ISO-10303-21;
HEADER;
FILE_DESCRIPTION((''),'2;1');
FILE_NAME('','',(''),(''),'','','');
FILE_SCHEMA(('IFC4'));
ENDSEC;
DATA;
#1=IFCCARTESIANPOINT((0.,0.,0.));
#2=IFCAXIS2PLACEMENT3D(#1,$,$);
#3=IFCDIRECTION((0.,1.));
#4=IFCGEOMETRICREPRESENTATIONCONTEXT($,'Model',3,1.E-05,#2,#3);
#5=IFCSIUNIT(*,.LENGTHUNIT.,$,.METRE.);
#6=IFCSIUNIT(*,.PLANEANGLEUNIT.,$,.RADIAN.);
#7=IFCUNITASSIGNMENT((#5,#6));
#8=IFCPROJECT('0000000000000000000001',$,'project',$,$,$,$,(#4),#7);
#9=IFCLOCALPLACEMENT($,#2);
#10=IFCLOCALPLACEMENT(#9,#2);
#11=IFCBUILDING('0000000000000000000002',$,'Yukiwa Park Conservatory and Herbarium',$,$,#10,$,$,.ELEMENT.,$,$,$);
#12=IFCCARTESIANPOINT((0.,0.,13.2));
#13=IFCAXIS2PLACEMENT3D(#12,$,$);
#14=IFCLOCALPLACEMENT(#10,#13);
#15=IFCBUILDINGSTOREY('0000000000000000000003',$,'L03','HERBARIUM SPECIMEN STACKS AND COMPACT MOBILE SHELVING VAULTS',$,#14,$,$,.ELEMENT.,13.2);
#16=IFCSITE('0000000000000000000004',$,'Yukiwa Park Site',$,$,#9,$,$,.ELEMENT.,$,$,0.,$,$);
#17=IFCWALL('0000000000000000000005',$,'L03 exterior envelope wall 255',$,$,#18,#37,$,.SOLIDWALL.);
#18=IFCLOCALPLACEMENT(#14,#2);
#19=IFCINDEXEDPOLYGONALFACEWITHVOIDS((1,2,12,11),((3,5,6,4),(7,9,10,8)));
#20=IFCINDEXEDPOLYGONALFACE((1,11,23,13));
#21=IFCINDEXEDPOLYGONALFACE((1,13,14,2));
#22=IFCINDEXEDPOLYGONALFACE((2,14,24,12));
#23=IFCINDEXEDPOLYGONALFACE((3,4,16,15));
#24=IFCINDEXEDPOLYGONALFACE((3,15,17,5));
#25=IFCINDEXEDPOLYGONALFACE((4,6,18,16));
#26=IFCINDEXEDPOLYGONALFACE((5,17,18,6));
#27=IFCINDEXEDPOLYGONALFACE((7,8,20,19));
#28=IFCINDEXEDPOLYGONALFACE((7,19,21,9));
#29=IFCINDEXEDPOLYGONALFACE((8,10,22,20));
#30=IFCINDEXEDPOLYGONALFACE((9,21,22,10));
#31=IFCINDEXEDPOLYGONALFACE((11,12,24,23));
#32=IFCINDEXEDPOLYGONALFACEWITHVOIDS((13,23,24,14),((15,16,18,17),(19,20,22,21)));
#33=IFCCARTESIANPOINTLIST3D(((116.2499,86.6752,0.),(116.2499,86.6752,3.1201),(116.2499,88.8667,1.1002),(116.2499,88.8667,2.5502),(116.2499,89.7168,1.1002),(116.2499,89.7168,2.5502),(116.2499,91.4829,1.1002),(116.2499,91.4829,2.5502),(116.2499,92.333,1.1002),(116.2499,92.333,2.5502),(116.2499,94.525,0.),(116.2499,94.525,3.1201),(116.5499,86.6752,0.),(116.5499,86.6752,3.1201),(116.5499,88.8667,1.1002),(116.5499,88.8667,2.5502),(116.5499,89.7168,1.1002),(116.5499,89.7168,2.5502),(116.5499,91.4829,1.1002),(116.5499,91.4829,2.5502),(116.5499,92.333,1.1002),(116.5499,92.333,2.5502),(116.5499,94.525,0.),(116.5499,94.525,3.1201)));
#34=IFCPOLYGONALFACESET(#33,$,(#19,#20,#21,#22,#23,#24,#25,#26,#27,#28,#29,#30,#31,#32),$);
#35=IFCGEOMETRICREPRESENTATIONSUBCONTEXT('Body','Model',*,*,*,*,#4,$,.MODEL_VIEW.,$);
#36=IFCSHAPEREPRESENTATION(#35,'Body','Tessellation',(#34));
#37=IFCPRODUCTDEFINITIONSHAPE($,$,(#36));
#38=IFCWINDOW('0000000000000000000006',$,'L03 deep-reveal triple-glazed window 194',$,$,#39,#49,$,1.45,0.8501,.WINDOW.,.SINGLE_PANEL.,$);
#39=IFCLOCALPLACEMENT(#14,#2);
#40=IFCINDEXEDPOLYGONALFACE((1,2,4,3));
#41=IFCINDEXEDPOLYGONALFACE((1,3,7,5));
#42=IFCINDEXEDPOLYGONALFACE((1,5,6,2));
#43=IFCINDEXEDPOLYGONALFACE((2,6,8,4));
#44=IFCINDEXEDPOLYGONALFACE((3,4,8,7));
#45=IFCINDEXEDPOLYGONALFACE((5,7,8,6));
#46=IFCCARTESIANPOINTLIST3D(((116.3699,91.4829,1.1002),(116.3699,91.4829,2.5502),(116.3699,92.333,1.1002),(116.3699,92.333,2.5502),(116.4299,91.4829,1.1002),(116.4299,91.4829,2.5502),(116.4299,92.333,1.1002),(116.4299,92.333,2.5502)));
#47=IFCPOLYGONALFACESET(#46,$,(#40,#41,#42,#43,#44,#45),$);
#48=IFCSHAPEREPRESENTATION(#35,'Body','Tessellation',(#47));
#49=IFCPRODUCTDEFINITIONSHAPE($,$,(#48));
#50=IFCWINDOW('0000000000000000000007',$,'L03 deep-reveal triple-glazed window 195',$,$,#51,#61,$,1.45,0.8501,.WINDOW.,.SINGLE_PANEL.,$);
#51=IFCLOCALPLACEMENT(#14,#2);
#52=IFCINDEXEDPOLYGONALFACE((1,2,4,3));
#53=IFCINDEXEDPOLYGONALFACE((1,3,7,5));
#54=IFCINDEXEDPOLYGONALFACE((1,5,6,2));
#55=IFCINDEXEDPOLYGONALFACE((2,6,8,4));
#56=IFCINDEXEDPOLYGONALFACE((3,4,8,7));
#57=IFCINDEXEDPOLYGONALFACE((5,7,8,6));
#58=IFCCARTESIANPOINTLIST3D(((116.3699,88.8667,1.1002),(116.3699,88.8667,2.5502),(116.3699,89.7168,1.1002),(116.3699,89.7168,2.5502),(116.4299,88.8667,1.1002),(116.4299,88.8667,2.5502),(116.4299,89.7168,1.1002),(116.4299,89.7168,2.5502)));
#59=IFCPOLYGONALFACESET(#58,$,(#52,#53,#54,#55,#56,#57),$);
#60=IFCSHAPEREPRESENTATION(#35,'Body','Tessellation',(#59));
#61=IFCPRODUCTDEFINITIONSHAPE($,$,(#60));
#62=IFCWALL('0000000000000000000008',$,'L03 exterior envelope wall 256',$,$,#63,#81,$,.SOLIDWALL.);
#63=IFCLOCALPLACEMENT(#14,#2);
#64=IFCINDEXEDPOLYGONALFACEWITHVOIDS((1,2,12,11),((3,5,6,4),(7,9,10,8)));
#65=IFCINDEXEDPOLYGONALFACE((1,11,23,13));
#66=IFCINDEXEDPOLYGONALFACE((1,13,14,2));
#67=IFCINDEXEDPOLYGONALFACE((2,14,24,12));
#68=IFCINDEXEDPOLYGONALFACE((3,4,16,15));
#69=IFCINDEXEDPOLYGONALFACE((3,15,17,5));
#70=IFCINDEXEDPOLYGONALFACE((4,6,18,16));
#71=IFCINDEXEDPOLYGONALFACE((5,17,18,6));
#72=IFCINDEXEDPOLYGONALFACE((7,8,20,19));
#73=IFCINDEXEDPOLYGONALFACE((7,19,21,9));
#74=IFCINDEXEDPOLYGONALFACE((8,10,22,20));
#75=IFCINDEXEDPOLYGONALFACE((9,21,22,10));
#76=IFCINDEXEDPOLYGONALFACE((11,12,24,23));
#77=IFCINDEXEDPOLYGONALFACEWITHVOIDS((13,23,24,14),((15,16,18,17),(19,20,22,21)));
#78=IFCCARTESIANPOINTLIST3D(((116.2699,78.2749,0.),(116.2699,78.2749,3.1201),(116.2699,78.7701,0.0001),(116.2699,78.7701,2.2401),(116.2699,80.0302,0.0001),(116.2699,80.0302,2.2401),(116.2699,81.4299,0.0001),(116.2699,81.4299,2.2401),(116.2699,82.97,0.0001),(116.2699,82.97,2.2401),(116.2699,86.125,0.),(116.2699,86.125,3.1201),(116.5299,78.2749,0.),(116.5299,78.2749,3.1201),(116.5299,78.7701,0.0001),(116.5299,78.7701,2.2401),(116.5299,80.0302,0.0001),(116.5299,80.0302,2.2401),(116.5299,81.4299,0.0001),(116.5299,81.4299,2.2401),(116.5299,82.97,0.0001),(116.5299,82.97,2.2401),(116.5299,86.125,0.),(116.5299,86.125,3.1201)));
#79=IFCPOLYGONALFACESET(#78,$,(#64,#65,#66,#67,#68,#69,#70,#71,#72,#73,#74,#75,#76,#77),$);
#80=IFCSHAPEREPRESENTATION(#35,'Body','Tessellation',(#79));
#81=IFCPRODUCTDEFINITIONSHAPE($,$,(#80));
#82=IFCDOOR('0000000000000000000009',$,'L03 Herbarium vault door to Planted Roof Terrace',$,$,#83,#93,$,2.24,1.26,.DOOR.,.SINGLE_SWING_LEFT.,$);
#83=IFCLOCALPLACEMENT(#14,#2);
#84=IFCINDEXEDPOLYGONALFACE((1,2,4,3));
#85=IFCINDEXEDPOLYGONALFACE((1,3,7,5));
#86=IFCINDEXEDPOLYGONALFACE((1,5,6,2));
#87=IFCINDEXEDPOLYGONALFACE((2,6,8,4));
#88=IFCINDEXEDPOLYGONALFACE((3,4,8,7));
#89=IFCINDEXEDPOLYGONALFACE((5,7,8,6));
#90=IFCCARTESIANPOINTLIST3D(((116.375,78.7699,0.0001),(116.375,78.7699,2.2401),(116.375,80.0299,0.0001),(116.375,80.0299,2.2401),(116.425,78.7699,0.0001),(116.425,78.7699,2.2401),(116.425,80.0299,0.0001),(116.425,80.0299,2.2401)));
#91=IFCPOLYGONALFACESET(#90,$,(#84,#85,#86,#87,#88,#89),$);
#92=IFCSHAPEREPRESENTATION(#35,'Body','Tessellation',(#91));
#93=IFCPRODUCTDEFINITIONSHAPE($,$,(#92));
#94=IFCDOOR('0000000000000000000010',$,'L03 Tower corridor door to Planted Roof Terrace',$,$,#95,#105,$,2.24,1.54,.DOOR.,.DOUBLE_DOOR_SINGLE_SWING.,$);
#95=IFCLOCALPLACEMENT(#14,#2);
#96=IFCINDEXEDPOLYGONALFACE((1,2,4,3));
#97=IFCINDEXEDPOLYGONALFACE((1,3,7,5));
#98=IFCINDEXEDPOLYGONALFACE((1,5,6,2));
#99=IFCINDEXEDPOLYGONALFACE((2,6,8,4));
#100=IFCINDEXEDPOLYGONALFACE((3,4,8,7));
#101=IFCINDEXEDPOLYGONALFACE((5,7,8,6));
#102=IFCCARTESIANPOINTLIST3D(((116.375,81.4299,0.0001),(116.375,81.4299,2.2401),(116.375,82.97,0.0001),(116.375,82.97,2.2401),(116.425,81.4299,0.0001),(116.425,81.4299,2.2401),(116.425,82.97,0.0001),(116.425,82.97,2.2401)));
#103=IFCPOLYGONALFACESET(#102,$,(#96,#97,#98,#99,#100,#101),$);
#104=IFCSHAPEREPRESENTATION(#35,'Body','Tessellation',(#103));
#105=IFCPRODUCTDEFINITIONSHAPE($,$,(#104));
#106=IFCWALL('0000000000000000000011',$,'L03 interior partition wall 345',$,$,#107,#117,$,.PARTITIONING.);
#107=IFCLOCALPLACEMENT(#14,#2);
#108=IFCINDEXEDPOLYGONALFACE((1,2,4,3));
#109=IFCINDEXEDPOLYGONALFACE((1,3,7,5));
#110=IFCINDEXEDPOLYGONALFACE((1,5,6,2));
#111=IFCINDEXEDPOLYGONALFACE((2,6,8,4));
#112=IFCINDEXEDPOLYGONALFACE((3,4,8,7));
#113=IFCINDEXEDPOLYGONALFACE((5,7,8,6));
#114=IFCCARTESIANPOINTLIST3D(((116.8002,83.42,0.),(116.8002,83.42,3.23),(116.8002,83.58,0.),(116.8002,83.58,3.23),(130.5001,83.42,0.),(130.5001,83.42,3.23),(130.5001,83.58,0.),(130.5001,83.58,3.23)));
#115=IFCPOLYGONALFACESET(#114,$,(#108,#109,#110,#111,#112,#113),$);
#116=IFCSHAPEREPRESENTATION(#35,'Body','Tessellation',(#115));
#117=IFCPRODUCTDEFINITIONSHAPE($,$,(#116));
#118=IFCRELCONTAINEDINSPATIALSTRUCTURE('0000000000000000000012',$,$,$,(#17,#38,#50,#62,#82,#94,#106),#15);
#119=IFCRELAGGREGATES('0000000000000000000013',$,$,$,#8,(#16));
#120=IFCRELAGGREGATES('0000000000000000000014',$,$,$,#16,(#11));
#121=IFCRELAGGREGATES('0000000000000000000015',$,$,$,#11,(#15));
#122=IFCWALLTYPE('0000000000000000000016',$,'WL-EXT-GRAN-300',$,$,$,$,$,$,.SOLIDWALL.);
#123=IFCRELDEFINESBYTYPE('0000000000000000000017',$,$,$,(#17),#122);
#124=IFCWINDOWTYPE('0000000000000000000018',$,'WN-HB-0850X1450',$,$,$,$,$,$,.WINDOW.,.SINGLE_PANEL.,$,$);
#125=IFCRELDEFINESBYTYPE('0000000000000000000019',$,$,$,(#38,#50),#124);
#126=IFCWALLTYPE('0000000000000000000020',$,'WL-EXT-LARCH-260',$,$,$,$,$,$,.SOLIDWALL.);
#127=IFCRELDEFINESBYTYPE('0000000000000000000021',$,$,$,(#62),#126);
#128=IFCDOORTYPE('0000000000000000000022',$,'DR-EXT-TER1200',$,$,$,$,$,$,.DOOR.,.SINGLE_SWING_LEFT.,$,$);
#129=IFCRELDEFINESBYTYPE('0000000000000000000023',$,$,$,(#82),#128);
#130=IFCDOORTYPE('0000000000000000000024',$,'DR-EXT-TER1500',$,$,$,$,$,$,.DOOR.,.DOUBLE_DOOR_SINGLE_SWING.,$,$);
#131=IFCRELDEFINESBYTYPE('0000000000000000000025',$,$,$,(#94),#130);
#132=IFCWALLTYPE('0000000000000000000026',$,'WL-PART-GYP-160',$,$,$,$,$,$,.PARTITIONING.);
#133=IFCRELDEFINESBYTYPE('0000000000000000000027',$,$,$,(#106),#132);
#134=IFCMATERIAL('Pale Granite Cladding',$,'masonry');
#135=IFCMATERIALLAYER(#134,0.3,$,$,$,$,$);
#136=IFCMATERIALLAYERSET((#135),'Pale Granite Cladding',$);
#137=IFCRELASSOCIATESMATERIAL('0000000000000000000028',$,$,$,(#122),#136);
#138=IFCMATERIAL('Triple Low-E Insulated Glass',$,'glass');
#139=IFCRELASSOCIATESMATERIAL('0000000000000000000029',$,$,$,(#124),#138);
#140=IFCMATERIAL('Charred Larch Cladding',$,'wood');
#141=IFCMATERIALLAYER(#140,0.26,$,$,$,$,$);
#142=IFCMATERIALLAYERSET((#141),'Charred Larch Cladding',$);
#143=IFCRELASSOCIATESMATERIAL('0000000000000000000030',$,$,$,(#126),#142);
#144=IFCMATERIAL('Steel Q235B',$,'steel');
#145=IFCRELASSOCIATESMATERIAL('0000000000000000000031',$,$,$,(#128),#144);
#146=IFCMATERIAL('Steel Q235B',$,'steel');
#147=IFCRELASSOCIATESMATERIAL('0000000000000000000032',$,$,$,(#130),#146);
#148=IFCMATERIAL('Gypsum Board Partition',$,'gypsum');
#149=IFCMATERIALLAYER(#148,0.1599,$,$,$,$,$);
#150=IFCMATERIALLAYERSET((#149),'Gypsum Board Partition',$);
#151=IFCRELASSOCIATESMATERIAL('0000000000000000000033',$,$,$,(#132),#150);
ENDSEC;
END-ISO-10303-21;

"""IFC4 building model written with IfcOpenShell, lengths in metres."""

from ifc_helpers import new_model, si_unit, direction, frame, frame_2d, origin, place, context, subcontext, project, spatial, rectangle, extrude, material, layer, layer_set, type_object, element, fill, save


model = new_model("IFC4")

# Units and contexts
model_context = context("Model", 3, precision=1e-05, world=origin(), true_north=direction((0.0, 1.0)))
body_context = subcontext(model_context, "Body", "Model", "MODEL_VIEW")
ifc_project = project(units=[si_unit("LENGTHUNIT", "METRE"), si_unit("PLANEANGLEUNIT", "RADIAN")], contexts=[model_context])

# Site, building, storey
site_placement = place(None, origin())
site = spatial("IfcSite", under=ifc_project, at=site_placement, Name="Yukiwa Park Site", CompositionType="ELEMENT", RefElevation=0.0)
building_placement = place(site_placement, origin())
building = spatial("IfcBuilding", under=site, at=building_placement, Name="Yukiwa Park Conservatory and Herbarium", CompositionType="ELEMENT")
storey_placement = place(building_placement, frame((0.0, 0.0, 13.2)))
storey = spatial("IfcBuildingStorey", under=building, at=storey_placement, Name="L03", Description="HERBARIUM SPECIMEN STACKS AND COMPACT MOBILE SHELVING VAULTS", CompositionType="ELEMENT", Elevation=13.2)

# Wall, openings, windows
ifc_material_1 = material(Name="Pale Granite Cladding", Category="masonry")
ifc_layer_1 = layer(ifc_material_1, 0.3)
ifc_layer_set_1 = layer_set([ifc_layer_1], Name="Pale Granite Cladding")
wall_type_1 = type_object("IfcWallType", Name="WL-EXT-GRAN-300", PredefinedType="SOLIDWALL", material=ifc_layer_set_1)
wall_1_placement = place(storey_placement, frame((116.3999, 94.5249, 0.0), z_axis=(0.0, 0.0, 1.0), x_axis=(0.0, -1.0, 0.0)))
wall_1 = element("IfcWall", 1, at=wall_1_placement, inside=storey, type_object=wall_type_1, Name="L03 exterior envelope wall 255", PredefinedType="SOLIDWALL", context=body_context, shape_type="SweptSolid", body=[
    extrude(rectangle(XDim=7.8499, YDim=0.3, at=frame_2d((3.9248, 0.0))), origin(), (0.0, 0.0, 1.0), 3.1201),
])
opening_1_placement = place(wall_1_placement, frame((2.1919, 0.0, 1.1001)))
opening_1 = element("IfcOpeningElement", 2, at=opening_1_placement, cuts=wall_1, PredefinedType="OPENING", context=body_context, shape_type="SweptSolid", body=[
    extrude(rectangle(XDim=0.8501, YDim=1.45, at=frame_2d((0.425, 0.7251))), frame((0.0, 0.1602, 0.0), z_axis=(0.0, -1.0, 0.0), x_axis=(1.0, 0.0, 0.0)), (0.0, 0.0, 1.0), 0.3201),
])
opening_2_placement = place(wall_1_placement, frame((4.8081, 0.0, 1.1001)))
opening_2 = element("IfcOpeningElement", 3, at=opening_2_placement, cuts=wall_1, PredefinedType="OPENING", context=body_context, shape_type="SweptSolid", body=[
    extrude(rectangle(XDim=0.8501, YDim=1.45, at=frame_2d((0.425, 0.7251))), frame((0.0, 0.1602, 0.0), z_axis=(0.0, -1.0, 0.0), x_axis=(1.0, 0.0, 0.0)), (0.0, 0.0, 1.0), 0.3201),
])
ifc_material_2 = material(Name="Triple Low-E Insulated Glass", Category="glass")
window_type = type_object("IfcWindowType", Name="WN-HB-0850X1450", PartitioningType="SINGLE_PANEL", PredefinedType="WINDOW", material=ifc_material_2)
window_1_placement = place(opening_1_placement, origin())
window_1 = element("IfcWindow", 4, at=window_1_placement, inside=storey, type_object=window_type, Name="L03 deep-reveal triple-glazed window 194", OverallHeight=1.45, OverallWidth=0.8501, PartitioningType="SINGLE_PANEL", PredefinedType="WINDOW", context=body_context, shape_type="SweptSolid", body=[
    extrude(rectangle(XDim=0.8501, YDim=1.45, at=frame_2d((0.425, 0.7251))), frame((0.0, 0.03, 0.0), z_axis=(0.0, -1.0, 0.0), x_axis=(1.0, 0.0, 0.0)), (0.0, 0.0, 1.0), 0.0601),
])
fill(opening_1, window_1)
window_2_placement = place(opening_2_placement, origin())
window_2 = element("IfcWindow", 5, at=window_2_placement, inside=storey, type_object=window_type, Name="L03 deep-reveal triple-glazed window 195", OverallHeight=1.45, OverallWidth=0.8501, PartitioningType="SINGLE_PANEL", PredefinedType="WINDOW", context=body_context, shape_type="SweptSolid", body=[
    extrude(rectangle(XDim=0.8501, YDim=1.45, at=frame_2d((0.425, 0.7251))), frame((0.0, 0.03, 0.0), z_axis=(0.0, -1.0, 0.0), x_axis=(1.0, 0.0, 0.0)), (0.0, 0.0, 1.0), 0.0601),
])
fill(opening_2, window_2)

# Wall, openings, doors
ifc_material_3 = material(Name="Charred Larch Cladding", Category="wood")
ifc_layer_2 = layer(ifc_material_3, 0.26)
ifc_layer_set_2 = layer_set([ifc_layer_2], Name="Charred Larch Cladding")
wall_type_2 = type_object("IfcWallType", Name="WL-EXT-LARCH-260", PredefinedType="SOLIDWALL", material=ifc_layer_set_2)
wall_2_placement = place(storey_placement, frame((116.3999, 86.125, 0.0), z_axis=(0.0, 0.0, 1.0), x_axis=(0.0, -1.0, 0.0)))
wall_2 = element("IfcWall", 6, at=wall_2_placement, inside=storey, type_object=wall_type_2, Name="L03 exterior envelope wall 256", PredefinedType="SOLIDWALL", context=body_context, shape_type="SweptSolid", body=[
    extrude(rectangle(XDim=7.8501, YDim=0.26, at=frame_2d((3.925, 0.0))), origin(), (0.0, 0.0, 1.0), 3.1201),
])
opening_3_placement = place(wall_2_placement, frame((3.155, 0.0, 0.0)))
opening_3 = element("IfcOpeningElement", 7, at=opening_3_placement, cuts=wall_2, PredefinedType="OPENING", context=body_context, shape_type="SweptSolid", body=[
    extrude(rectangle(XDim=1.54, YDim=2.24, at=frame_2d((0.77, 1.1201))), frame((0.0, 0.1401, 0.0), z_axis=(0.0, -1.0, 0.0), x_axis=(1.0, 0.0, 0.0)), (0.0, 0.0, 1.0), 0.28),
])
opening_4_placement = place(wall_2_placement, frame((6.095, 0.0, 0.0)))
opening_4 = element("IfcOpeningElement", 8, at=opening_4_placement, cuts=wall_2, PredefinedType="OPENING", context=body_context, shape_type="SweptSolid", body=[
    extrude(rectangle(XDim=1.26, YDim=2.24, at=frame_2d((0.6299, 1.1201))), frame((0.0, 0.1401, 0.0), z_axis=(0.0, -1.0, 0.0), x_axis=(1.0, 0.0, 0.0)), (0.0, 0.0, 1.0), 0.28),
])
ifc_material_4 = material(Name="Steel Q235B", Category="steel")
door_type_1 = type_object("IfcDoorType", Name="DR-EXT-TER1200", OperationType="SINGLE_SWING_LEFT", PredefinedType="DOOR", material=ifc_material_4)
door_1_placement = place(opening_4_placement, frame((1.26, 0.0, 0.0), z_axis=(0.0, 0.0, 1.0), x_axis=(-1.0, 0.0, 0.0)))
door_1 = element("IfcDoor", 9, at=door_1_placement, inside=storey, type_object=door_type_1, Name="L03 Herbarium vault door to Planted Roof Terrace", OperationType="SINGLE_SWING_LEFT", OverallHeight=2.24, OverallWidth=1.26, PredefinedType="DOOR", context=body_context, shape_type="SweptSolid", body=[
    extrude(rectangle(XDim=1.26, YDim=2.24, at=frame_2d((0.6299, 1.1201))), frame((0.0, 0.0249, 0.0), z_axis=(0.0, -1.0, 0.0), x_axis=(1.0, 0.0, 0.0)), (0.0, 0.0, 1.0), 0.05),
])
fill(opening_4, door_1)
ifc_material_5 = material(Name="Steel Q235B", Category="steel")
door_type_2 = type_object("IfcDoorType", Name="DR-EXT-TER1500", OperationType="DOUBLE_DOOR_SINGLE_SWING", PredefinedType="DOOR", material=ifc_material_5)
door_2_placement = place(opening_3_placement, frame((1.54, 0.0, 0.0), z_axis=(0.0, 0.0, 1.0), x_axis=(-1.0, 0.0, 0.0)))
door_2 = element("IfcDoor", 10, at=door_2_placement, inside=storey, type_object=door_type_2, Name="L03 Tower corridor door to Planted Roof Terrace", OperationType="DOUBLE_DOOR_SINGLE_SWING", OverallHeight=2.24, OverallWidth=1.54, PredefinedType="DOOR", context=body_context, shape_type="SweptSolid", body=[
    extrude(rectangle(XDim=1.54, YDim=2.24, at=frame_2d((0.77, 1.1201))), frame((0.0, 0.0249, 0.0), z_axis=(0.0, -1.0, 0.0), x_axis=(1.0, 0.0, 0.0)), (0.0, 0.0, 1.0), 0.05),
])
fill(opening_3, door_2)

# Wall
ifc_material_6 = material(Name="Gypsum Board Partition", Category="gypsum")
ifc_layer_3 = layer(ifc_material_6, 0.1599)
ifc_layer_set_3 = layer_set([ifc_layer_3], Name="Gypsum Board Partition")
wall_type_3 = type_object("IfcWallType", Name="WL-PART-GYP-160", PredefinedType="PARTITIONING", material=ifc_layer_set_3)
wall_3_placement = place(storey_placement, frame((116.8, 83.5, 0.0), z_axis=(0.0, 0.0, 1.0), x_axis=(1.0, 0.0, 0.0)))
element("IfcWall", 11, at=wall_3_placement, inside=storey, type_object=wall_type_3, Name="L03 interior partition wall 345", PredefinedType="PARTITIONING", context=body_context, shape_type="SweptSolid", body=[
    extrude(rectangle(XDim=13.7, YDim=0.1599, at=frame_2d((6.8501, 0.0))), origin(), (0.0, 0.0, 1.0), 3.23),
])

save(model, "model.ifc")
